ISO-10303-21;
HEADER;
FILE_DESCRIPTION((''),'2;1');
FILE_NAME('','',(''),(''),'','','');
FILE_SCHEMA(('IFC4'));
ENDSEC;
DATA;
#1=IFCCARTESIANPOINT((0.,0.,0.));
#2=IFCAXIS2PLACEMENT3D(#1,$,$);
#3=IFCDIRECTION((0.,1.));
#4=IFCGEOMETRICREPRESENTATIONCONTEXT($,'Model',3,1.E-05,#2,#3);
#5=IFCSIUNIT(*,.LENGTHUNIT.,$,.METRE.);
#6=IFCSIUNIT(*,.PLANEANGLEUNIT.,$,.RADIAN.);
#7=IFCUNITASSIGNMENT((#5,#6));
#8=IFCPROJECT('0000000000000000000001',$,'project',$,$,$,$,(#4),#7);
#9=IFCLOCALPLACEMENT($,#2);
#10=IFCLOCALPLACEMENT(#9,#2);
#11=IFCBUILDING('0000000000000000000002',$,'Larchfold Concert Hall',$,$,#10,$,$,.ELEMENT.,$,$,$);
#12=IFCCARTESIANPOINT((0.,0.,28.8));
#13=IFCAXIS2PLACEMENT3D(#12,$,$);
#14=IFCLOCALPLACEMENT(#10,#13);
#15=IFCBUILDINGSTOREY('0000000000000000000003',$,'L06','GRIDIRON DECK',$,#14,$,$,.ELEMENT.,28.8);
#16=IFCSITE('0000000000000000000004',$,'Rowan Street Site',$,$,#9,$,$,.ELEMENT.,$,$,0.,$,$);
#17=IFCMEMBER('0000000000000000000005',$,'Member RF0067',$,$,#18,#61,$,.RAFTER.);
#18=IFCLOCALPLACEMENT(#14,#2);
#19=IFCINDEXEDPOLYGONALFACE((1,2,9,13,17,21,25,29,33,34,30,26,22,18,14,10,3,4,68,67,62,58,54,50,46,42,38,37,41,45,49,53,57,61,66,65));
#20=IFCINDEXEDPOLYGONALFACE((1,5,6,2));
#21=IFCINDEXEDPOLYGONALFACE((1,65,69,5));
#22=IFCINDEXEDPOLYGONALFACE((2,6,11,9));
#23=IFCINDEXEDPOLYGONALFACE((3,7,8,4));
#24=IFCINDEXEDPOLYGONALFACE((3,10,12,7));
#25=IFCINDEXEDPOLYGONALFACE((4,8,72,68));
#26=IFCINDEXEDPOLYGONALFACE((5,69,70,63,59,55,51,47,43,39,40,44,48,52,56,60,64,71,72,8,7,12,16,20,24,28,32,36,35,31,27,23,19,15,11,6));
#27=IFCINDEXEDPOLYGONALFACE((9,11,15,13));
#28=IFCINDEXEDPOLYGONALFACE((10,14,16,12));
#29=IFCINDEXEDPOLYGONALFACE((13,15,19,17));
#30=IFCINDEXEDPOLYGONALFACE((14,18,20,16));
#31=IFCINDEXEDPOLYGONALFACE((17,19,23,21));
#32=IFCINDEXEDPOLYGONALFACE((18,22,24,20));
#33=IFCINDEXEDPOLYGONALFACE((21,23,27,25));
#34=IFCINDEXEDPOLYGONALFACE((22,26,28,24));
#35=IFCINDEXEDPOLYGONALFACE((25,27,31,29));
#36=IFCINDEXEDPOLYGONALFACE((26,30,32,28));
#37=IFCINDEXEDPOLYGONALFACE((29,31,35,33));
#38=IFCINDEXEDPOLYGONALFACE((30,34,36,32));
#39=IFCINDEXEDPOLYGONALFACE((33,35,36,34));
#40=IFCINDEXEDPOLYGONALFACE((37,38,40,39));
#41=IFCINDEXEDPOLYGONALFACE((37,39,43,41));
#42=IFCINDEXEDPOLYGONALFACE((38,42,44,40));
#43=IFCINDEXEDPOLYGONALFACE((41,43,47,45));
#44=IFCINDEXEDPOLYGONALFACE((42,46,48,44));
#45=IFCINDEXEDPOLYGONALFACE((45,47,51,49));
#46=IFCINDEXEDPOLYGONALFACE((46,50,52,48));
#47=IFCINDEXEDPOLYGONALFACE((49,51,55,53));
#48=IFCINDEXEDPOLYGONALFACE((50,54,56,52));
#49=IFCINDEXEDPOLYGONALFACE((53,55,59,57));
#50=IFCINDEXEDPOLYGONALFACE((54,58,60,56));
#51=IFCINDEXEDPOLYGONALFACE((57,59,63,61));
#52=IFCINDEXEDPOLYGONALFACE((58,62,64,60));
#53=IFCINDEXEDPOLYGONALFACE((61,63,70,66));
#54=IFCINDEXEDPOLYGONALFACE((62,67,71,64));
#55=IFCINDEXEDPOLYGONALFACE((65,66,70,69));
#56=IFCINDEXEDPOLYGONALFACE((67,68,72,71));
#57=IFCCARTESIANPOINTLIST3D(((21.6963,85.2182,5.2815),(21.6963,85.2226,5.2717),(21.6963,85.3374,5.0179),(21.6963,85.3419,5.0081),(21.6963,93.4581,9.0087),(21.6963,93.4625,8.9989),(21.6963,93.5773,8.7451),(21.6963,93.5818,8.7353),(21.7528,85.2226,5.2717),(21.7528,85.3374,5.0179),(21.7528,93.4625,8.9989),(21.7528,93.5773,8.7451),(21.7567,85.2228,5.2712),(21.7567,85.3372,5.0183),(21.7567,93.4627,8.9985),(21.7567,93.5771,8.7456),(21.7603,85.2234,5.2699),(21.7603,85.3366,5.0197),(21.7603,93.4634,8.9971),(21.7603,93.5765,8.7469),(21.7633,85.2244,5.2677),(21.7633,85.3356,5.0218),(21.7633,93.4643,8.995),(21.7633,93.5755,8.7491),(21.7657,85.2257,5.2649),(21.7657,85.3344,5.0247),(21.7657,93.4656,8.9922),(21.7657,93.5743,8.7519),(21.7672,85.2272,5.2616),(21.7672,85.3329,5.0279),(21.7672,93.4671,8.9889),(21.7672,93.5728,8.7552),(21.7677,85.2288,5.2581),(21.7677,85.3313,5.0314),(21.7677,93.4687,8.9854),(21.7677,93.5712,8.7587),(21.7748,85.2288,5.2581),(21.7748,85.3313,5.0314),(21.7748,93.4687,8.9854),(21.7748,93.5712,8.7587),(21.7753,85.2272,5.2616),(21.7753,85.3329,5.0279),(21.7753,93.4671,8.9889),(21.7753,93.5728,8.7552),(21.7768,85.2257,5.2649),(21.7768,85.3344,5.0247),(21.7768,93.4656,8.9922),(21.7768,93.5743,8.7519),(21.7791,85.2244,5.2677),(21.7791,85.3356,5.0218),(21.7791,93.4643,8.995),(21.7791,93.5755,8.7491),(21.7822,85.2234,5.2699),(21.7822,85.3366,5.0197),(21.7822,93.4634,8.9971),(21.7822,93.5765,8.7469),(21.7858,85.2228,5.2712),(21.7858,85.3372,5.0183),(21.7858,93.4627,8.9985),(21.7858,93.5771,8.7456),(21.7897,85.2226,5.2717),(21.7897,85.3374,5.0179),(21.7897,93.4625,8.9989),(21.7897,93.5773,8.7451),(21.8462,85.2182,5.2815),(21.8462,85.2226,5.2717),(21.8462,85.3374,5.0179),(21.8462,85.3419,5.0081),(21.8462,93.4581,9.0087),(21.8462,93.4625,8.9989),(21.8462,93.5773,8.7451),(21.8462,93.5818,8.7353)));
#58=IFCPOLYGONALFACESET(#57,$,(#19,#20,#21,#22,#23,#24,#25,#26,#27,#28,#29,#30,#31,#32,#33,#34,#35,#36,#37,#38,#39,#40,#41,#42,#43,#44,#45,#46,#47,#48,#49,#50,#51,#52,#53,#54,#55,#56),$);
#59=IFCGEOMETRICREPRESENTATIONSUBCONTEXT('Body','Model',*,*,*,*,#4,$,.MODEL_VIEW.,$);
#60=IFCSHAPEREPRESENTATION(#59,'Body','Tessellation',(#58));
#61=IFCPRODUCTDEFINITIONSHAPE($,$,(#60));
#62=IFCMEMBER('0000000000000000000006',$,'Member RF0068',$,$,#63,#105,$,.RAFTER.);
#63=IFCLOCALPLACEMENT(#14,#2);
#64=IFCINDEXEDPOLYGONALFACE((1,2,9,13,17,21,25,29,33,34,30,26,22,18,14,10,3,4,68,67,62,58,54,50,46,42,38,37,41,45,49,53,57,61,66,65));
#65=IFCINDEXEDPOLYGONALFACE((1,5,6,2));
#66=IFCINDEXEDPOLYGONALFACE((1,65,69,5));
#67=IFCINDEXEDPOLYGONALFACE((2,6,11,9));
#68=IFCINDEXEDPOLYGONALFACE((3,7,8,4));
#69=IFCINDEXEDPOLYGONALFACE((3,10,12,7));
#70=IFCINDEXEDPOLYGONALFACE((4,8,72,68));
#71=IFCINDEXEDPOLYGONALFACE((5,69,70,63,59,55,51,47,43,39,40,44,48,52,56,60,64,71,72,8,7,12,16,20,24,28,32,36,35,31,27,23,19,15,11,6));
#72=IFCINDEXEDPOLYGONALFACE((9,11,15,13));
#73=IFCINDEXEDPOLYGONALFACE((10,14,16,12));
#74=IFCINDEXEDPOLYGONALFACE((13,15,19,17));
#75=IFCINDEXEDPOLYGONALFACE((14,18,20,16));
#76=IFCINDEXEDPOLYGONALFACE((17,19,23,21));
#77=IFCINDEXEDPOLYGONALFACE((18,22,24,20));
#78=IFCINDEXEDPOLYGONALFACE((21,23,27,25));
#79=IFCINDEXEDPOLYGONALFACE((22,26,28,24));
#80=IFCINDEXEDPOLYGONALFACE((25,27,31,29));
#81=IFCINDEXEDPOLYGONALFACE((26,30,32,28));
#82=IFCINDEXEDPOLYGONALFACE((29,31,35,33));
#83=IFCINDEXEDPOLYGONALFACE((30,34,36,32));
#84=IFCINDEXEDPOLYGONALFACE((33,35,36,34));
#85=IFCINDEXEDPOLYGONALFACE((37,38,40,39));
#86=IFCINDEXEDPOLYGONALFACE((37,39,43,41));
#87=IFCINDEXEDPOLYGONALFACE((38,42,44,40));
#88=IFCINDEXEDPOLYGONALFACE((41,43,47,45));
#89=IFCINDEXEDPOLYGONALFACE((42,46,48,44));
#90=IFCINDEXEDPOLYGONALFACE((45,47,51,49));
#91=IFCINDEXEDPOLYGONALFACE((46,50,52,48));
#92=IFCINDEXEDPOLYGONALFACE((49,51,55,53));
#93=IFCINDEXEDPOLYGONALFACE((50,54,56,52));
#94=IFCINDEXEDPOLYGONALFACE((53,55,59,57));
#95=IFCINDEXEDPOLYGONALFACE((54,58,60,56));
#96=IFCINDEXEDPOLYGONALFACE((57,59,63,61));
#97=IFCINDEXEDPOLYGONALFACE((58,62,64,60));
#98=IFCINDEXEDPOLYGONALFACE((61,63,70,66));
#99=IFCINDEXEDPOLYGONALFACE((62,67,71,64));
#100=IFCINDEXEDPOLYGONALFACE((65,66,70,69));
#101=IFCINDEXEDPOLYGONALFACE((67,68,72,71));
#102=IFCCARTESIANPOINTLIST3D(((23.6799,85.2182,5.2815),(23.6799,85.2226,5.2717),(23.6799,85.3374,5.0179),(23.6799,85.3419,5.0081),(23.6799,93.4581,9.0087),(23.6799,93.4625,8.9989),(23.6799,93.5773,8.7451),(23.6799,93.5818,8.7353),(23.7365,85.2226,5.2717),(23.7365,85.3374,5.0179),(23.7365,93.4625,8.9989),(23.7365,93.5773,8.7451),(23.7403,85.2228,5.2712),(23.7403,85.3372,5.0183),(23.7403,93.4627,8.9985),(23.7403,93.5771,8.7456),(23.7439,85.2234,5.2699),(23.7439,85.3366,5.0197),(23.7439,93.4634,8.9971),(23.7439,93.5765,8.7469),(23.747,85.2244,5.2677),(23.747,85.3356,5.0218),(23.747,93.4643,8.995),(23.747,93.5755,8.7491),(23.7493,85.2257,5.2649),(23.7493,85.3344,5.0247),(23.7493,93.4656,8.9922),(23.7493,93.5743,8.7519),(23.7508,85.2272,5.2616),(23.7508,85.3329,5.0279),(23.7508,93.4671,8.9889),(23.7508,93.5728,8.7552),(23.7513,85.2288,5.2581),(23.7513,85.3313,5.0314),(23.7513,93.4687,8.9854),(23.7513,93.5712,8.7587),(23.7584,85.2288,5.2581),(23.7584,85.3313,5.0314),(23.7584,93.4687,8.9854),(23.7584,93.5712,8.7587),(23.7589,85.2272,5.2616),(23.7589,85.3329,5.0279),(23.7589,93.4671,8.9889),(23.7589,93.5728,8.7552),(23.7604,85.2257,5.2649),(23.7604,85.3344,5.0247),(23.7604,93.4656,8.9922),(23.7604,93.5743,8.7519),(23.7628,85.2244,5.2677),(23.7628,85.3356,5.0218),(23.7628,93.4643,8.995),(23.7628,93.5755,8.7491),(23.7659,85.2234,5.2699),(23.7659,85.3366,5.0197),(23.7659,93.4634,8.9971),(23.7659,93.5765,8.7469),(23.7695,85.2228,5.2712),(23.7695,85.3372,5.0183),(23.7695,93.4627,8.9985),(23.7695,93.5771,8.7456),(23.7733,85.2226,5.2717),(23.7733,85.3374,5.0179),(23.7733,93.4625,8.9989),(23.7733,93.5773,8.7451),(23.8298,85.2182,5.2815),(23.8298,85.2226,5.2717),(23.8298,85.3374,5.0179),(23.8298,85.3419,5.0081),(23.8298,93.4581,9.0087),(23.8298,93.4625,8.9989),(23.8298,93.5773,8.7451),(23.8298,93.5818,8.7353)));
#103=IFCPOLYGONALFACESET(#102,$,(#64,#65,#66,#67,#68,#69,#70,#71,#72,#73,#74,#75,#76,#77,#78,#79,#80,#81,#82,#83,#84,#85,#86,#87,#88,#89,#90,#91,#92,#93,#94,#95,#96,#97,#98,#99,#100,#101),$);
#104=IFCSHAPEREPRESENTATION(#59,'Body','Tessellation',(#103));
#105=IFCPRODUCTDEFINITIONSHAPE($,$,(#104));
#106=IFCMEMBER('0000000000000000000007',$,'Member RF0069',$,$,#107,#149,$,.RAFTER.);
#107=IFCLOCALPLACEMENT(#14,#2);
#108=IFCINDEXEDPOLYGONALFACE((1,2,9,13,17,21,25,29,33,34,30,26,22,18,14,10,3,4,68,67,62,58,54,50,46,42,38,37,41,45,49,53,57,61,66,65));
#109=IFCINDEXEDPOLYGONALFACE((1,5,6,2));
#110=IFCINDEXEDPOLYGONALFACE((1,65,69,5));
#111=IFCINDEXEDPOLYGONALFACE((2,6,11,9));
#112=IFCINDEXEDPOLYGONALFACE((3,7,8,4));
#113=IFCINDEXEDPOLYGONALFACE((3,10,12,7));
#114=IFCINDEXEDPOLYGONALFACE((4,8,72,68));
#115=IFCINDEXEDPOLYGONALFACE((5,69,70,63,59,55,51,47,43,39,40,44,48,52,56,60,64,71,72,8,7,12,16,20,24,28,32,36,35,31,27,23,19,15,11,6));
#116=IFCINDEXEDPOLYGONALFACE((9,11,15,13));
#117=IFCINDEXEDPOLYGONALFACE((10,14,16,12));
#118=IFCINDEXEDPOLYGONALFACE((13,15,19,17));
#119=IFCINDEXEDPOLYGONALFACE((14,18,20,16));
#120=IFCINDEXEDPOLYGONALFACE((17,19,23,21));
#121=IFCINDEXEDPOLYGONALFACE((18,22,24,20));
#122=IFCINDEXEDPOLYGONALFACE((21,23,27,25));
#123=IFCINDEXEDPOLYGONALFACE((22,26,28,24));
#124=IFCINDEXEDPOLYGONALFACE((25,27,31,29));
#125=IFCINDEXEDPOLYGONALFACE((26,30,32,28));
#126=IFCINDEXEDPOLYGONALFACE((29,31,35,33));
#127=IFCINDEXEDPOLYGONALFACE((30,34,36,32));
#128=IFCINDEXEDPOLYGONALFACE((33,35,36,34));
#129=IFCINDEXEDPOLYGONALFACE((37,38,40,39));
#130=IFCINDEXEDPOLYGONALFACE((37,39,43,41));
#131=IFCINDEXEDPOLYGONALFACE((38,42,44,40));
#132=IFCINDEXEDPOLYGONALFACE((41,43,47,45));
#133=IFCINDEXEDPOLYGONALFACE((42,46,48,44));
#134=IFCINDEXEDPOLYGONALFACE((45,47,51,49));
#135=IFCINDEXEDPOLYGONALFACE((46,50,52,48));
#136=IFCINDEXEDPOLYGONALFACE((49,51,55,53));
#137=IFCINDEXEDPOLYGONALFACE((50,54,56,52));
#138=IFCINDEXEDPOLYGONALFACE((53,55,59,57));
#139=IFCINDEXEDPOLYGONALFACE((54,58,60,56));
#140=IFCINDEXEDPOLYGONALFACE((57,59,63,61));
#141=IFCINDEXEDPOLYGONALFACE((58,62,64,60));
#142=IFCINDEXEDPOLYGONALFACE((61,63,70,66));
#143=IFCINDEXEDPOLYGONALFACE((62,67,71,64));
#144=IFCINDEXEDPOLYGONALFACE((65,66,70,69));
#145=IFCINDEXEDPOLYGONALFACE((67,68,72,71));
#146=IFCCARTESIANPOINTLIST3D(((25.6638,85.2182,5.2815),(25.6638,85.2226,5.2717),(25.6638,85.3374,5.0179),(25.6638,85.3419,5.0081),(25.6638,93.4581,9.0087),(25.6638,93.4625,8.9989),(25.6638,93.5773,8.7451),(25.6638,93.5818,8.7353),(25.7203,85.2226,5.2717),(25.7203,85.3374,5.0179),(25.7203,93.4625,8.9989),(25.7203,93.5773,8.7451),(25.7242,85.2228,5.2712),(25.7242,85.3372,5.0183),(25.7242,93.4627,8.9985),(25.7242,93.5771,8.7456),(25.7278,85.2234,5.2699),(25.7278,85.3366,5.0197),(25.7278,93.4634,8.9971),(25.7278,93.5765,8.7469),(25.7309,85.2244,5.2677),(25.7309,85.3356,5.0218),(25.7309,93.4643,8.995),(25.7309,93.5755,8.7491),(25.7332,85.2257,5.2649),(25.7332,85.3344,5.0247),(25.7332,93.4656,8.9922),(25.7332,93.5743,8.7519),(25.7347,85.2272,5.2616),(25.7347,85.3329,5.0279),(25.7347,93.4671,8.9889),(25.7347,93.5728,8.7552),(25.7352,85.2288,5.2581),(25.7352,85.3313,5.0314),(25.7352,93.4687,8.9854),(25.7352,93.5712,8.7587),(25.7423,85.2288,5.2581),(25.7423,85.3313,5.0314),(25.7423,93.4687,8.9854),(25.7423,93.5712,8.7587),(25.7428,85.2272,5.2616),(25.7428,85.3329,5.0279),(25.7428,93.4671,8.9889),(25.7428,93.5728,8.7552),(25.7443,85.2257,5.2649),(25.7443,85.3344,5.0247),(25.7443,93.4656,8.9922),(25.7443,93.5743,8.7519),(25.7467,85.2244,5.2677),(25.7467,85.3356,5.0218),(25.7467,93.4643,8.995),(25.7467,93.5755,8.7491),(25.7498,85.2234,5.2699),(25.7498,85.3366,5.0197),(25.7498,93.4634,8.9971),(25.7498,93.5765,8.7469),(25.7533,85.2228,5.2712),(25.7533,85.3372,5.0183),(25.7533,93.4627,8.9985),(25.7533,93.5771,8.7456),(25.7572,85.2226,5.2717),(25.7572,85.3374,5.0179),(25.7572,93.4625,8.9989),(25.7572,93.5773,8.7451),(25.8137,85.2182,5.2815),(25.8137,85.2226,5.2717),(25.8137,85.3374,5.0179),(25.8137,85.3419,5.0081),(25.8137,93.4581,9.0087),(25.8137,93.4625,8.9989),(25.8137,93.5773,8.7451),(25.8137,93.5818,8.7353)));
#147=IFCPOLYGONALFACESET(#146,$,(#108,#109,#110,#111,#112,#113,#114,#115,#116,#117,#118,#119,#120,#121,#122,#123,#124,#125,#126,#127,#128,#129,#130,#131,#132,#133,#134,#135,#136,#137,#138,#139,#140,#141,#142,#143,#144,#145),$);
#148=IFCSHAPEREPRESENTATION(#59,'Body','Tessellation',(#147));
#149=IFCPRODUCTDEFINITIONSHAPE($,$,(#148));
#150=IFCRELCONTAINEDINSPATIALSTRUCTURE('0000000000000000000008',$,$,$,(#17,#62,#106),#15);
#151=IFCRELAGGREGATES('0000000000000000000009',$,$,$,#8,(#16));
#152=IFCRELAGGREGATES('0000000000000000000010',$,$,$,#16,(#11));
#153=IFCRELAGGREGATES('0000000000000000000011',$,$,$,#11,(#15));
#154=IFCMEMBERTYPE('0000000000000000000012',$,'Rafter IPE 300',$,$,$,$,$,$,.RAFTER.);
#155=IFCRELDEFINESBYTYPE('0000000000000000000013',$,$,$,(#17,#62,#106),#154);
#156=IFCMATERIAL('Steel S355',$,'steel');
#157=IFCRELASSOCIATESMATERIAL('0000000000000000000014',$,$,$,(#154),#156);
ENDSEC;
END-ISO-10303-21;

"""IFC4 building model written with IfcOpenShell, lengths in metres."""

from ifc_helpers import new_model, si_unit, direction, frame, origin, origin_2d, place, context, subcontext, project, spatial, i_section, extrude, material, material_profile, profile_set, type_object, element, save


model = new_model("IFC4")

# Units and contexts
model_context = context("Model", 3, precision=1e-05, world=origin(), true_north=direction((0.0, 1.0)))
body_context = subcontext(model_context, "Body", "Model", "MODEL_VIEW")
ifc_project = project(units=[si_unit("LENGTHUNIT", "METRE"), si_unit("PLANEANGLEUNIT", "RADIAN")], contexts=[model_context])

# Site, building, storey
site_placement = place(None, origin())
site = spatial("IfcSite", under=ifc_project, at=site_placement, Name="Rowan Street Site", CompositionType="ELEMENT", RefElevation=0.0)
building_placement = place(site_placement, origin())
building = spatial("IfcBuilding", under=site, at=building_placement, Name="Larchfold Concert Hall", CompositionType="ELEMENT")
storey_placement = place(building_placement, frame((0.0, 0.0, 28.8)))
storey = spatial("IfcBuildingStorey", under=building, at=storey_placement, Name="L06", Description="GRIDIRON DECK", CompositionType="ELEMENT", Elevation=28.8)

# Members
ifc_material_1 = material(Name="Steel S355", Category="steel")
ifc_material_profile_1 = material_profile(ifc_material_1, i_section(OverallWidth=0.1499, OverallDepth=0.3, WebThickness=0.0071, FlangeThickness=0.0107, FilletRadius=0.0149, at=origin_2d()))
ifc_profile_set_1 = profile_set([ifc_material_profile_1], Name="Steel S355")
member_type_1 = type_object("IfcMemberType", Name="Rafter IPE 300", PredefinedType="RAFTER", material=ifc_profile_set_1)
for number, where, z_axis, x_axis, name in (
    (1, (21.7712, 85.28, 5.1448), (0.0, 0.911121, 0.412139), (-1.0, 0.0, 0.0), "Member RF0067"),
    (2, (23.7549, 85.28, 5.1448), (0.0, 0.911121, 0.412139), (-1.0, 0.0, 0.0), "Member RF0068"),
    (3, (25.7388, 85.28, 5.1448), (0.0, 0.911121, 0.412139), (-1.0, 0.0, 0.0), "Member RF0069"),
):
    element("IfcMember", number, at=place(storey_placement, frame(where, z_axis=z_axis, x_axis=x_axis)), inside=storey, type_object=member_type_1, Name=name, PredefinedType="RAFTER", context=body_context, shape_type="SweptSolid", body=[
        extrude(i_section(OverallWidth=0.1499, OverallDepth=0.3, WebThickness=0.0071, FlangeThickness=0.0107, FilletRadius=0.0149, at=origin_2d()), origin(), (0.0, 0.0, 1.0), 9.0437),
    ])

save(model, "model.ifc")
